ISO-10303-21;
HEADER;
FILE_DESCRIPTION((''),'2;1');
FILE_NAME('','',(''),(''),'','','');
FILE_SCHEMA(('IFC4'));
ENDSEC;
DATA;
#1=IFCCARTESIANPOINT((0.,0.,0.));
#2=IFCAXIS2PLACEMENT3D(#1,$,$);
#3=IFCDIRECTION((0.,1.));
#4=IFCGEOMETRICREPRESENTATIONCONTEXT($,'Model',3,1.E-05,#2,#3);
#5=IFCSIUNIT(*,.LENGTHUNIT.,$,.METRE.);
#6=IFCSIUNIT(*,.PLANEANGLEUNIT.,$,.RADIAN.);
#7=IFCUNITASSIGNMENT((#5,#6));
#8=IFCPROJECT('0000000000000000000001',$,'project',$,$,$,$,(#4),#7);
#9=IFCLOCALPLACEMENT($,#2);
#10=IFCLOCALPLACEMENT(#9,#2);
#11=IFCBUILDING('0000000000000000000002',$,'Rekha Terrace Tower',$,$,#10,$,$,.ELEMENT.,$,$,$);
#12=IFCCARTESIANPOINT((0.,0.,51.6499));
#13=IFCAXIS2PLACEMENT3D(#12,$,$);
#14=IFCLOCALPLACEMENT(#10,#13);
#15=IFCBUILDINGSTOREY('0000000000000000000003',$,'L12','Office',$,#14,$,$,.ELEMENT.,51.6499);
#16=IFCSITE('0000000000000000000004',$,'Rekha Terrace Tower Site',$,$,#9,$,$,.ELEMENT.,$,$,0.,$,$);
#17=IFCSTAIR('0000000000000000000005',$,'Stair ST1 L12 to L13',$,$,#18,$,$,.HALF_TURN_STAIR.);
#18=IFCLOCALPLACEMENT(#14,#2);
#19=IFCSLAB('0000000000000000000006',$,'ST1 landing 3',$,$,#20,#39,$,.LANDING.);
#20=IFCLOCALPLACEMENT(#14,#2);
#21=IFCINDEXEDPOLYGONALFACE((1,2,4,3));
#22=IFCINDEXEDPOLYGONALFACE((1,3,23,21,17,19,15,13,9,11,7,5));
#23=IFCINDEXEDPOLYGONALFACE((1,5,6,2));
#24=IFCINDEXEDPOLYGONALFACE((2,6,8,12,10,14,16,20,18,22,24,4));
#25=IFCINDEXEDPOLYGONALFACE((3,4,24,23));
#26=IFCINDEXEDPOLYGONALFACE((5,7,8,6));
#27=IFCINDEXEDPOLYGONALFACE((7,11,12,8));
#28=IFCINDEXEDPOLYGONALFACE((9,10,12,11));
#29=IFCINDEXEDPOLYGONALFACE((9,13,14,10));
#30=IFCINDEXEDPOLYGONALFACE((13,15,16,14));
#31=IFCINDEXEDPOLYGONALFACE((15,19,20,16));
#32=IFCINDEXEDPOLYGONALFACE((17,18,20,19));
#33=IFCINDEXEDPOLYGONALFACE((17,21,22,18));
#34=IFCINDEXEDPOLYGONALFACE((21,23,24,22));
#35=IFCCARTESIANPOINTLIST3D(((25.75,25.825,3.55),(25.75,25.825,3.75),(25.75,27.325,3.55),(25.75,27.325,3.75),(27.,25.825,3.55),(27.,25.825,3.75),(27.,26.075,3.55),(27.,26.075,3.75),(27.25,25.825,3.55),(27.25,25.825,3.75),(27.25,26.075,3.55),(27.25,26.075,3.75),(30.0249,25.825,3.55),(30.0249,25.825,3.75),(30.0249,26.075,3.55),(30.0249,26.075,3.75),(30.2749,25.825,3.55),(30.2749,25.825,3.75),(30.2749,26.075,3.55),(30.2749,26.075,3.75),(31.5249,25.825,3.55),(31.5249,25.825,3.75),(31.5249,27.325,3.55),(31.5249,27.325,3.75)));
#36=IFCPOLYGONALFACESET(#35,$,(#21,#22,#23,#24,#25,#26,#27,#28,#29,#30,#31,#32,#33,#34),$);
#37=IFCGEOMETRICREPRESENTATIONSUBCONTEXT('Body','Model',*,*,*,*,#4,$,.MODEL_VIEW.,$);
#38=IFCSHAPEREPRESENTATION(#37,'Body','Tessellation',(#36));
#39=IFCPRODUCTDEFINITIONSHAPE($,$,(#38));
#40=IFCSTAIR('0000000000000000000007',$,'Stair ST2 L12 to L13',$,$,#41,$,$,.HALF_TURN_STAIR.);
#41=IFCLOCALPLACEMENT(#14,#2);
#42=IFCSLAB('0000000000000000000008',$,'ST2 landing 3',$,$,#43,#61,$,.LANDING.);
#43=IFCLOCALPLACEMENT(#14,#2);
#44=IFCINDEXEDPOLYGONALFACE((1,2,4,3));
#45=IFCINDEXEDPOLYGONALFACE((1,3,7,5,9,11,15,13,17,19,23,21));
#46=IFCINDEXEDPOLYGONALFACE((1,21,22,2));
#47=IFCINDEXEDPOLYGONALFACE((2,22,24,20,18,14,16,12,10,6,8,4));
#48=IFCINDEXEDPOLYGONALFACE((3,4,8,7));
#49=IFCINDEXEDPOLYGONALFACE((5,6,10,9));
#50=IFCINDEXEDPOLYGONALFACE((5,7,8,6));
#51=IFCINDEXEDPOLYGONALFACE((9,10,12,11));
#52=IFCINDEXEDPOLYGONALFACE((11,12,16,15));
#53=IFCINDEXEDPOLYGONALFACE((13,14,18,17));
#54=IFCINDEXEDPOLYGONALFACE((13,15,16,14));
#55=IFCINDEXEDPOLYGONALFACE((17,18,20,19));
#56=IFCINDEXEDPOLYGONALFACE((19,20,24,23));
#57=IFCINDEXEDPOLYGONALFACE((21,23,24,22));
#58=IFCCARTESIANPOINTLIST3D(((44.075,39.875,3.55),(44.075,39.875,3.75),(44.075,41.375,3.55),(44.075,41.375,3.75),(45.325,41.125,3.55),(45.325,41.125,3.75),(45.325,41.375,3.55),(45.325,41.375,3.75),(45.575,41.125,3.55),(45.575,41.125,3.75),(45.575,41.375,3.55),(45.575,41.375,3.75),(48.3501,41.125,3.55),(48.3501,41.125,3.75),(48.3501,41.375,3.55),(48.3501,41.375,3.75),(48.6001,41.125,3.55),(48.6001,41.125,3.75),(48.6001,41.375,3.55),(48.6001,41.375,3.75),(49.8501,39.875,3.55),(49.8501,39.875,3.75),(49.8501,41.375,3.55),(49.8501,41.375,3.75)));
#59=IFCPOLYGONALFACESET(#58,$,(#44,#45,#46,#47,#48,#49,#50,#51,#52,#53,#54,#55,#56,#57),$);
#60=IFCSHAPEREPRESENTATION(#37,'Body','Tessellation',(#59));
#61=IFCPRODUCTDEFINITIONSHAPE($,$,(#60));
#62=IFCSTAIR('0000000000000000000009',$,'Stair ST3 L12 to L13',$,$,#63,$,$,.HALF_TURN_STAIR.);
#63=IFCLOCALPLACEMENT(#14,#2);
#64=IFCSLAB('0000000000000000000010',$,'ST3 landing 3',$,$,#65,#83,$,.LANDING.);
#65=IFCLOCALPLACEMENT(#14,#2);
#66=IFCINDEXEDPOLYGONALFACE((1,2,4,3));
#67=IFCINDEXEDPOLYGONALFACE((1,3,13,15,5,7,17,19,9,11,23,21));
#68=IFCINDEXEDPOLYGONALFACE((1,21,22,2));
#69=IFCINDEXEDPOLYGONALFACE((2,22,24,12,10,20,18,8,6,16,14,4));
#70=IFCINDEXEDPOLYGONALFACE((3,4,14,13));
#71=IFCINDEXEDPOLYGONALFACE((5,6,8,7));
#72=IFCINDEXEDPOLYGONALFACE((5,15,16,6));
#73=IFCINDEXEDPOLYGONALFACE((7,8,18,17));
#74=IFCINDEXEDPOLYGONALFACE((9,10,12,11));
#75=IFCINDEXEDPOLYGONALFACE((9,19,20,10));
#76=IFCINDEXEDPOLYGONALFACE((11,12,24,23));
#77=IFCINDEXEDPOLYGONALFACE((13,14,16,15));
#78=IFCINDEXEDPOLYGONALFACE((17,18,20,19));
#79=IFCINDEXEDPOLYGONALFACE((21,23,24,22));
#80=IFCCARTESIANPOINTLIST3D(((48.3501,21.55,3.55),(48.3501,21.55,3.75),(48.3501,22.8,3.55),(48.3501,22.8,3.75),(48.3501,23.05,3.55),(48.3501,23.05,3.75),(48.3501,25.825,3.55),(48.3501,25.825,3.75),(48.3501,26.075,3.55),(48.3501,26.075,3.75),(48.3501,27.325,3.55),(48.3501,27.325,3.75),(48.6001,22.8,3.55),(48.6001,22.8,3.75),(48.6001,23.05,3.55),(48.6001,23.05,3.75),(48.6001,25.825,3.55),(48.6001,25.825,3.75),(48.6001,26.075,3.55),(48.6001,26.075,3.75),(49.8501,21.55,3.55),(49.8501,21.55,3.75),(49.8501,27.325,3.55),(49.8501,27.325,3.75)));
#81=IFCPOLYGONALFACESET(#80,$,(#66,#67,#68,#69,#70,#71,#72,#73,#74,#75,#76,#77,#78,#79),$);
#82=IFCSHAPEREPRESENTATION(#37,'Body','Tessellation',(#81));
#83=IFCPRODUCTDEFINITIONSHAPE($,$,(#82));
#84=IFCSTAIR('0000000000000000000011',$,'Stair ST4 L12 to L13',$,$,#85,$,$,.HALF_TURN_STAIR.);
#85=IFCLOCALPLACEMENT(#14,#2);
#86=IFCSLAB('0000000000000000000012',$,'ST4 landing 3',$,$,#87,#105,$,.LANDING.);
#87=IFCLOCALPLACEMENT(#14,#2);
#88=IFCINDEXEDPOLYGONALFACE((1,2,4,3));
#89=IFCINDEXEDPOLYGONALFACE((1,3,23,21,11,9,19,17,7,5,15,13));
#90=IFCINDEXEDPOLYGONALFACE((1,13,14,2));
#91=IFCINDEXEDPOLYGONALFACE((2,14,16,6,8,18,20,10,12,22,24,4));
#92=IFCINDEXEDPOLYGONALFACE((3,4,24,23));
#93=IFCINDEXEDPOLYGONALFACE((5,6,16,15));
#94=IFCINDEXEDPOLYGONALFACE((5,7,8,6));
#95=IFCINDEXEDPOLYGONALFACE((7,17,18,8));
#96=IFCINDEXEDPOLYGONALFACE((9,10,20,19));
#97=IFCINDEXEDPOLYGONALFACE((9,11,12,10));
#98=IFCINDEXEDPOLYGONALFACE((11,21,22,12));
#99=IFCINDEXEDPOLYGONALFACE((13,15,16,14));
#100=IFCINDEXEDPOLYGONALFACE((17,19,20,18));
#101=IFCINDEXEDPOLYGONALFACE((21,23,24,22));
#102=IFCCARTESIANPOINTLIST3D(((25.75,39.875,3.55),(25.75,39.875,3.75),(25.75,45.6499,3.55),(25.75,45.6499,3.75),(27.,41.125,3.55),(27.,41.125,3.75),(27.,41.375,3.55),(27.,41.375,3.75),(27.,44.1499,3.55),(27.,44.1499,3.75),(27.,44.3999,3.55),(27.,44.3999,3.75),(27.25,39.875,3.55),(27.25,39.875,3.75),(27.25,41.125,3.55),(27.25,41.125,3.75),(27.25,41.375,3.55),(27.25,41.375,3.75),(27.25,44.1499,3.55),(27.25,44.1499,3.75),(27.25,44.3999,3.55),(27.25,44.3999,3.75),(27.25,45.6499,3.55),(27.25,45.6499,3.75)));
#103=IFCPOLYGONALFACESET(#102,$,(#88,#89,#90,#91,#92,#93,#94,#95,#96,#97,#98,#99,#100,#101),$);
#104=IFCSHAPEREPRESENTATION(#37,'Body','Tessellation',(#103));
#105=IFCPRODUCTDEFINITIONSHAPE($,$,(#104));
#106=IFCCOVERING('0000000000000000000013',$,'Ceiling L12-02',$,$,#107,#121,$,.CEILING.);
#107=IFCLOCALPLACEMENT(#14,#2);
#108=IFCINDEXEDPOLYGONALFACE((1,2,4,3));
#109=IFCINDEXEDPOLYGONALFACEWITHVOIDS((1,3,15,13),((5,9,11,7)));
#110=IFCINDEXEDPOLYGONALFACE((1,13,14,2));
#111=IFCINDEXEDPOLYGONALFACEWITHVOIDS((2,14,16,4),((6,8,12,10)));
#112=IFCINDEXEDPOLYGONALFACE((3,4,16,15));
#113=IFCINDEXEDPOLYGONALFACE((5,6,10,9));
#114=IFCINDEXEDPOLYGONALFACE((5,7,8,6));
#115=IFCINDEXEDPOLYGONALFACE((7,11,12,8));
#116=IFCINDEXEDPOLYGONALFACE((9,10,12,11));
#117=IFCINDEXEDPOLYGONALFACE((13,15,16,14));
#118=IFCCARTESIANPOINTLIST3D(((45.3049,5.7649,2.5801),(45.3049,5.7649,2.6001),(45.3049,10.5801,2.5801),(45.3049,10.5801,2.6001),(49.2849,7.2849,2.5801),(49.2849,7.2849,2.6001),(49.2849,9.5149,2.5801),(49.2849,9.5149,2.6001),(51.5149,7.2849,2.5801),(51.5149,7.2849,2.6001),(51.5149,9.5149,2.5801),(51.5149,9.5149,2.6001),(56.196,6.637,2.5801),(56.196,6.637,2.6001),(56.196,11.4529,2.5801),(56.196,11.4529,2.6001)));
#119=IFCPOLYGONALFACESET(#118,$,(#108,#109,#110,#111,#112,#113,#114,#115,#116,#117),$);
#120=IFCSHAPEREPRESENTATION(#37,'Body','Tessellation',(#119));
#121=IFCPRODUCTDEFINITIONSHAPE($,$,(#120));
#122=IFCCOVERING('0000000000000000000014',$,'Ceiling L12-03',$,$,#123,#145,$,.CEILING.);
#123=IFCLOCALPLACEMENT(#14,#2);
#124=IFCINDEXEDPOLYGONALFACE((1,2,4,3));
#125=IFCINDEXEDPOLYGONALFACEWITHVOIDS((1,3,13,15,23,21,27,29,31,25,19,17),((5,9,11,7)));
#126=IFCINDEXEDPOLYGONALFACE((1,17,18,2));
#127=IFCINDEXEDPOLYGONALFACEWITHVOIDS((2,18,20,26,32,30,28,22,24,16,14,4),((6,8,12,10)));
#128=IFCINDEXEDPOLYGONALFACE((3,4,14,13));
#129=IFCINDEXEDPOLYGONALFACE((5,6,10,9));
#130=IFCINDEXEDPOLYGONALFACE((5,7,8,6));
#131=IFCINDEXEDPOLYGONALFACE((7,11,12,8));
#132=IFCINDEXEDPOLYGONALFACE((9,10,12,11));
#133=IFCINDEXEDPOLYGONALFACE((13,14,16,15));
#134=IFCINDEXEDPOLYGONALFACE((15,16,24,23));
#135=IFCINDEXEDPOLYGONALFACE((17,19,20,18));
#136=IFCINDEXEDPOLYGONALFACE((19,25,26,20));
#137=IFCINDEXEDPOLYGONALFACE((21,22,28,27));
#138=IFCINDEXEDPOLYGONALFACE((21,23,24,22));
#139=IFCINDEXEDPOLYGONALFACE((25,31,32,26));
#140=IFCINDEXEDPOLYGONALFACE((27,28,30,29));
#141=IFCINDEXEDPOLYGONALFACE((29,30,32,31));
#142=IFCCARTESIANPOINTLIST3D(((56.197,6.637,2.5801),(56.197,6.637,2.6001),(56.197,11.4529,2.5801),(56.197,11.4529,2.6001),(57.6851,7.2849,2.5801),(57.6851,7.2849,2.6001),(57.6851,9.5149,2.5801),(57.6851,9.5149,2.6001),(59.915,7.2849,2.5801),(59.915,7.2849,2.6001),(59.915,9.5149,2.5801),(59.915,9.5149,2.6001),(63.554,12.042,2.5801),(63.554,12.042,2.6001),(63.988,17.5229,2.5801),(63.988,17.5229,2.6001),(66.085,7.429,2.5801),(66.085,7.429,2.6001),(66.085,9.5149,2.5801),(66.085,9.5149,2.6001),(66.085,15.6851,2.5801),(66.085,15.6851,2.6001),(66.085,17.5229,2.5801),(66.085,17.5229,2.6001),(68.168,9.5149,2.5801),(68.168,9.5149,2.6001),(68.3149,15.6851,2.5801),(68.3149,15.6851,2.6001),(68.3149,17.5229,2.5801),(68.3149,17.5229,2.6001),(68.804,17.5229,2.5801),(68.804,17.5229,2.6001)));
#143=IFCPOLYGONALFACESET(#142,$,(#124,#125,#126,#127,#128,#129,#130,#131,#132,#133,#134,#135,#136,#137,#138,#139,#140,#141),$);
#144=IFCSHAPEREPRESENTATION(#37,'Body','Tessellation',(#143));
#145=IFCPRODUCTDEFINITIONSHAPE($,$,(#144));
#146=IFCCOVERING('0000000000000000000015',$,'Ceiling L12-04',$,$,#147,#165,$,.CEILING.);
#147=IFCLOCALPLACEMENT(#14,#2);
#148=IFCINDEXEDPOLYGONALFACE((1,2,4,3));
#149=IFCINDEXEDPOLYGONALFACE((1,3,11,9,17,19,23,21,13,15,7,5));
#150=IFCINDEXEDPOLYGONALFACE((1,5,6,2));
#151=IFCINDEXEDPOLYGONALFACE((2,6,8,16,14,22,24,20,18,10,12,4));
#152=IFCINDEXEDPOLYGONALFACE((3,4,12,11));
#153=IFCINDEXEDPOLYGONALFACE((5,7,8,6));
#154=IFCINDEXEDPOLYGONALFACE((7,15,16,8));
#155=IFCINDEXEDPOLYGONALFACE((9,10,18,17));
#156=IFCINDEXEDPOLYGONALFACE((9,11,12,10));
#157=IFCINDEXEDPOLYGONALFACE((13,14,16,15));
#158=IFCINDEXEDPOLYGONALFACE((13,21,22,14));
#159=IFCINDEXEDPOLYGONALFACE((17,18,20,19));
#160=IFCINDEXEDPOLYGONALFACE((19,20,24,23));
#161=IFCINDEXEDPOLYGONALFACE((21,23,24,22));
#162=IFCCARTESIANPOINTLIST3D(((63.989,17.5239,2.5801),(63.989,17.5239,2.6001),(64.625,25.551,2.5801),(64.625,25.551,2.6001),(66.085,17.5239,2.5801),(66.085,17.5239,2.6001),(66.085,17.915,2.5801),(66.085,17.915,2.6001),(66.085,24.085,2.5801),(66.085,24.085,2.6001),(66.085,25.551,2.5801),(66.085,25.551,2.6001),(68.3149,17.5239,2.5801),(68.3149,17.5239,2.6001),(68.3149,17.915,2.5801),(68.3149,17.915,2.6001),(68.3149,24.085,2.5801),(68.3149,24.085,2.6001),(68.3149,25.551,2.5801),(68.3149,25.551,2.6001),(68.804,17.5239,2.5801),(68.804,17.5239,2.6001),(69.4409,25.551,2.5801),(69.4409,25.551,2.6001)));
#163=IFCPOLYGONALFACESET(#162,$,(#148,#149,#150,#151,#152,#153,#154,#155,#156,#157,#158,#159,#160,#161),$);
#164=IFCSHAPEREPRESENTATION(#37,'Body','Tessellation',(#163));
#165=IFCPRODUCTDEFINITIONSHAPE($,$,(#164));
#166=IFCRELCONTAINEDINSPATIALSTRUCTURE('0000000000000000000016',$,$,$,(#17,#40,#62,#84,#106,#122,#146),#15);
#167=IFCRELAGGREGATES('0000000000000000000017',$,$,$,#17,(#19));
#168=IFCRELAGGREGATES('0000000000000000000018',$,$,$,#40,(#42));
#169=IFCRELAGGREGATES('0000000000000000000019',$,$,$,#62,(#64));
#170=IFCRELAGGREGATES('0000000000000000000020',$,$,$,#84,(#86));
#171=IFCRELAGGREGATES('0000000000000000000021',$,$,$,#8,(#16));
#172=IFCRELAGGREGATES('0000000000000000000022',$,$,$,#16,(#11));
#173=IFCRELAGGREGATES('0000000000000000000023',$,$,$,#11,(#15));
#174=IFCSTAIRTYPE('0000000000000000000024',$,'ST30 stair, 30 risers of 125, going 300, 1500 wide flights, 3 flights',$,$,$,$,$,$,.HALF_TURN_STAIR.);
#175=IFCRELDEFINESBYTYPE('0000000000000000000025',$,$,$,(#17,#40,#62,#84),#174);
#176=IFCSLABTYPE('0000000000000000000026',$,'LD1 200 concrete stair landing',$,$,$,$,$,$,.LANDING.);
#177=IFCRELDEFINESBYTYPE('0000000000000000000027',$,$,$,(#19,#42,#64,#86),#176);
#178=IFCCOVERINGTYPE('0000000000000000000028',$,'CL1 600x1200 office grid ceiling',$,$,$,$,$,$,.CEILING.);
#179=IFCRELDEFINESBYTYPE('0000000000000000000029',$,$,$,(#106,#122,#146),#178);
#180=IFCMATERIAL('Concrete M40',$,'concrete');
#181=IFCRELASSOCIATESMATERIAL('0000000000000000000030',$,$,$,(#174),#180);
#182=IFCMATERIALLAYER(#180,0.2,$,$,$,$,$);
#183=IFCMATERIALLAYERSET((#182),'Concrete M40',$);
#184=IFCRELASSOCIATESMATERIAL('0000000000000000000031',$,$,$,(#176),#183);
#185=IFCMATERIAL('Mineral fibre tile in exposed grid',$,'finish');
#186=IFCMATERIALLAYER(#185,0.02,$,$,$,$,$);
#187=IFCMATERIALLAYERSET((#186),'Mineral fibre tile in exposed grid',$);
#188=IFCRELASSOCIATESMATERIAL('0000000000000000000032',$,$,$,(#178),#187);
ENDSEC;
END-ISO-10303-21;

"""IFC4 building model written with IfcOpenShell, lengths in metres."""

from ifc_helpers import new_model, si_unit, direction, frame, origin, place, context, subcontext, project, spatial, polyline, outline, extrude, material, layer, layer_set, type_object, element, aggregate, save


model = new_model("IFC4")

# Units and contexts
model_context = context("Model", 3, precision=1e-05, world=origin(), true_north=direction((0.0, 1.0)))
body_context = subcontext(model_context, "Body", "Model", "MODEL_VIEW")
ifc_project = project(units=[si_unit("LENGTHUNIT", "METRE"), si_unit("PLANEANGLEUNIT", "RADIAN")], contexts=[model_context])

# Site, building, storey
site_placement = place(None, origin())
site = spatial("IfcSite", under=ifc_project, at=site_placement, Name="Rekha Terrace Tower Site", CompositionType="ELEMENT", RefElevation=0.0)
building_placement = place(site_placement, origin())
building = spatial("IfcBuilding", under=site, at=building_placement, Name="Rekha Terrace Tower", CompositionType="ELEMENT")
storey_placement = place(building_placement, frame((0.0, 0.0, 51.6499)))
storey = spatial("IfcBuildingStorey", under=building, at=storey_placement, Name="L12", Description="Office", CompositionType="ELEMENT", Elevation=51.6499)

# Stairs, slabs
ifc_material_1 = material(Name="Concrete M40", Category="concrete")
stair_type = type_object("IfcStairType", Name="ST30 stair, 30 risers of 125, going 300, 1500 wide flights, 3 flights", PredefinedType="HALF_TURN_STAIR", material=ifc_material_1)
stair_1_placement = place(storey_placement, origin())
stair_1 = element("IfcStair", 1, at=stair_1_placement, inside=storey, type_object=stair_type, Name="Stair ST1 L12 to L13", PredefinedType="HALF_TURN_STAIR")
ifc_layer_1 = layer(ifc_material_1, 0.2)
ifc_layer_set_1 = layer_set([ifc_layer_1], Name="Concrete M40")
slab_type = type_object("IfcSlabType", Name="LD1 200 concrete stair landing", PredefinedType="LANDING", material=ifc_layer_set_1)
slab_1_placement = place(storey_placement, frame((0.0, 0.0, 3.55)))
slab_1 = element("IfcSlab", 2, at=slab_1_placement, type_object=slab_type, Name="ST1 landing 3", PredefinedType="LANDING", context=body_context, shape_type="SweptSolid", body=[
    extrude(outline(polyline([(31.5249, 25.825), (31.5249, 27.325), (25.75, 27.325), (25.75, 25.825), (27.0, 25.825), (27.0, 26.075), (27.25, 26.075), (27.25, 25.825), (30.0249, 25.825), (30.0249, 26.075), (30.2749, 26.075), (30.2749, 25.825), (31.5249, 25.825)])), origin(), (0.0, 0.0, 1.0), 0.2),
])
aggregate(stair_1, [slab_1])
stair_2_placement = place(storey_placement, origin())
stair_2 = element("IfcStair", 3, at=stair_2_placement, inside=storey, type_object=stair_type, Name="Stair ST2 L12 to L13", PredefinedType="HALF_TURN_STAIR")
slab_2_placement = place(storey_placement, frame((0.0, 0.0, 3.55)))
slab_2 = element("IfcSlab", 4, at=slab_2_placement, type_object=slab_type, Name="ST2 landing 3", PredefinedType="LANDING", context=body_context, shape_type="SweptSolid", body=[
    extrude(outline(polyline([(44.075, 41.375), (44.075, 39.875), (49.8501, 39.875), (49.8501, 41.375), (48.6001, 41.375), (48.6001, 41.125), (48.3501, 41.125), (48.3501, 41.375), (45.575, 41.375), (45.575, 41.125), (45.325, 41.125), (45.325, 41.375), (44.075, 41.375)])), origin(), (0.0, 0.0, 1.0), 0.2),
])
aggregate(stair_2, [slab_2])
stair_3_placement = place(storey_placement, origin())
stair_3 = element("IfcStair", 5, at=stair_3_placement, inside=storey, type_object=stair_type, Name="Stair ST3 L12 to L13", PredefinedType="HALF_TURN_STAIR")
slab_3_placement = place(storey_placement, frame((0.0, 0.0, 3.55)))
slab_3 = element("IfcSlab", 6, at=slab_3_placement, type_object=slab_type, Name="ST3 landing 3", PredefinedType="LANDING", context=body_context, shape_type="SweptSolid", body=[
    extrude(outline(polyline([(48.3501, 21.55), (49.8501, 21.55), (49.8501, 27.325), (48.3501, 27.325), (48.3501, 26.075), (48.6001, 26.075), (48.6001, 25.825), (48.3501, 25.825), (48.3501, 23.05), (48.6001, 23.05), (48.6001, 22.8), (48.3501, 22.8), (48.3501, 21.55)])), origin(), (0.0, 0.0, 1.0), 0.2),
])
aggregate(stair_3, [slab_3])
stair_4_placement = place(storey_placement, origin())
stair_4 = element("IfcStair", 7, at=stair_4_placement, inside=storey, type_object=stair_type, Name="Stair ST4 L12 to L13", PredefinedType="HALF_TURN_STAIR")
slab_4_placement = place(storey_placement, frame((0.0, 0.0, 3.55)))
slab_4 = element("IfcSlab", 8, at=slab_4_placement, type_object=slab_type, Name="ST4 landing 3", PredefinedType="LANDING", context=body_context, shape_type="SweptSolid", body=[
    extrude(outline(polyline([(27.25, 39.875), (25.75, 39.875), (25.75, 45.6499), (27.25, 45.6499), (27.25, 44.3999), (27.0, 44.3999), (27.0, 44.1499), (27.25, 44.1499), (27.25, 41.375), (27.0, 41.375), (27.0, 41.125), (27.25, 41.125), (27.25, 39.875)])), origin(), (0.0, 0.0, 1.0), 0.2),
])
aggregate(stair_4, [slab_4])

# Coverings
ifc_material_2 = material(Name="Mineral fibre tile in exposed grid", Category="finish")
ifc_layer_2 = layer(ifc_material_2, 0.02)
ifc_layer_set_2 = layer_set([ifc_layer_2], Name="Mineral fibre tile in exposed grid")
covering_type_1 = type_object("IfcCoveringType", Name="CL1 600x1200 office grid ceiling", PredefinedType="CEILING", material=ifc_layer_set_2)
covering_1_placement = place(storey_placement, frame((0.0, 0.0, 2.5801)))
element("IfcCovering", 9, at=covering_1_placement, inside=storey, type_object=covering_type_1, Name="Ceiling L12-02", PredefinedType="CEILING", context=body_context, shape_type="SweptSolid", body=[
    extrude(outline(polyline([(56.196, 6.637), (56.196, 11.4529), (45.3049, 10.5801), (45.3049, 5.7649), (56.196, 6.637)]), holes=[polyline([(51.5149, 7.2849), (49.2849, 7.2849), (49.2849, 9.5149), (51.5149, 9.5149), (51.5149, 7.2849)])]), origin(), (0.0, 0.0, 1.0), 0.02),
])
covering_2_placement = place(storey_placement, frame((0.0, 0.0, 2.5801)))
element("IfcCovering", 10, at=covering_2_placement, inside=storey, type_object=covering_type_1, Name="Ceiling L12-03", PredefinedType="CEILING", context=body_context, shape_type="SweptSolid", body=[
    extrude(outline(polyline([(63.554, 12.042), (56.197, 11.4529), (56.197, 6.637), (66.085, 7.429), (66.085, 9.5149), (68.168, 9.5149), (68.804, 17.5229), (68.3149, 17.5229), (68.3149, 15.6851), (66.085, 15.6851), (66.085, 17.5229), (63.988, 17.5229), (63.554, 12.042)]), holes=[polyline([(59.915, 7.2849), (57.6851, 7.2849), (57.6851, 9.5149), (59.915, 9.5149), (59.915, 7.2849)])]), origin(), (0.0, 0.0, 1.0), 0.02),
])
covering_3_placement = place(storey_placement, frame((0.0, 0.0, 2.5801)))
element("IfcCovering", 11, at=covering_3_placement, inside=storey, type_object=covering_type_1, Name="Ceiling L12-04", PredefinedType="CEILING", context=body_context, shape_type="SweptSolid", body=[
    extrude(outline(polyline([(68.3149, 17.915), (68.3149, 17.5239), (68.804, 17.5239), (69.4409, 25.551), (68.3149, 25.551), (68.3149, 24.085), (66.085, 24.085), (66.085, 25.551), (64.625, 25.551), (63.989, 17.5239), (66.085, 17.5239), (66.085, 17.915), (68.3149, 17.915)])), origin(), (0.0, 0.0, 1.0), 0.02),
])

save(model, "model.ifc")
